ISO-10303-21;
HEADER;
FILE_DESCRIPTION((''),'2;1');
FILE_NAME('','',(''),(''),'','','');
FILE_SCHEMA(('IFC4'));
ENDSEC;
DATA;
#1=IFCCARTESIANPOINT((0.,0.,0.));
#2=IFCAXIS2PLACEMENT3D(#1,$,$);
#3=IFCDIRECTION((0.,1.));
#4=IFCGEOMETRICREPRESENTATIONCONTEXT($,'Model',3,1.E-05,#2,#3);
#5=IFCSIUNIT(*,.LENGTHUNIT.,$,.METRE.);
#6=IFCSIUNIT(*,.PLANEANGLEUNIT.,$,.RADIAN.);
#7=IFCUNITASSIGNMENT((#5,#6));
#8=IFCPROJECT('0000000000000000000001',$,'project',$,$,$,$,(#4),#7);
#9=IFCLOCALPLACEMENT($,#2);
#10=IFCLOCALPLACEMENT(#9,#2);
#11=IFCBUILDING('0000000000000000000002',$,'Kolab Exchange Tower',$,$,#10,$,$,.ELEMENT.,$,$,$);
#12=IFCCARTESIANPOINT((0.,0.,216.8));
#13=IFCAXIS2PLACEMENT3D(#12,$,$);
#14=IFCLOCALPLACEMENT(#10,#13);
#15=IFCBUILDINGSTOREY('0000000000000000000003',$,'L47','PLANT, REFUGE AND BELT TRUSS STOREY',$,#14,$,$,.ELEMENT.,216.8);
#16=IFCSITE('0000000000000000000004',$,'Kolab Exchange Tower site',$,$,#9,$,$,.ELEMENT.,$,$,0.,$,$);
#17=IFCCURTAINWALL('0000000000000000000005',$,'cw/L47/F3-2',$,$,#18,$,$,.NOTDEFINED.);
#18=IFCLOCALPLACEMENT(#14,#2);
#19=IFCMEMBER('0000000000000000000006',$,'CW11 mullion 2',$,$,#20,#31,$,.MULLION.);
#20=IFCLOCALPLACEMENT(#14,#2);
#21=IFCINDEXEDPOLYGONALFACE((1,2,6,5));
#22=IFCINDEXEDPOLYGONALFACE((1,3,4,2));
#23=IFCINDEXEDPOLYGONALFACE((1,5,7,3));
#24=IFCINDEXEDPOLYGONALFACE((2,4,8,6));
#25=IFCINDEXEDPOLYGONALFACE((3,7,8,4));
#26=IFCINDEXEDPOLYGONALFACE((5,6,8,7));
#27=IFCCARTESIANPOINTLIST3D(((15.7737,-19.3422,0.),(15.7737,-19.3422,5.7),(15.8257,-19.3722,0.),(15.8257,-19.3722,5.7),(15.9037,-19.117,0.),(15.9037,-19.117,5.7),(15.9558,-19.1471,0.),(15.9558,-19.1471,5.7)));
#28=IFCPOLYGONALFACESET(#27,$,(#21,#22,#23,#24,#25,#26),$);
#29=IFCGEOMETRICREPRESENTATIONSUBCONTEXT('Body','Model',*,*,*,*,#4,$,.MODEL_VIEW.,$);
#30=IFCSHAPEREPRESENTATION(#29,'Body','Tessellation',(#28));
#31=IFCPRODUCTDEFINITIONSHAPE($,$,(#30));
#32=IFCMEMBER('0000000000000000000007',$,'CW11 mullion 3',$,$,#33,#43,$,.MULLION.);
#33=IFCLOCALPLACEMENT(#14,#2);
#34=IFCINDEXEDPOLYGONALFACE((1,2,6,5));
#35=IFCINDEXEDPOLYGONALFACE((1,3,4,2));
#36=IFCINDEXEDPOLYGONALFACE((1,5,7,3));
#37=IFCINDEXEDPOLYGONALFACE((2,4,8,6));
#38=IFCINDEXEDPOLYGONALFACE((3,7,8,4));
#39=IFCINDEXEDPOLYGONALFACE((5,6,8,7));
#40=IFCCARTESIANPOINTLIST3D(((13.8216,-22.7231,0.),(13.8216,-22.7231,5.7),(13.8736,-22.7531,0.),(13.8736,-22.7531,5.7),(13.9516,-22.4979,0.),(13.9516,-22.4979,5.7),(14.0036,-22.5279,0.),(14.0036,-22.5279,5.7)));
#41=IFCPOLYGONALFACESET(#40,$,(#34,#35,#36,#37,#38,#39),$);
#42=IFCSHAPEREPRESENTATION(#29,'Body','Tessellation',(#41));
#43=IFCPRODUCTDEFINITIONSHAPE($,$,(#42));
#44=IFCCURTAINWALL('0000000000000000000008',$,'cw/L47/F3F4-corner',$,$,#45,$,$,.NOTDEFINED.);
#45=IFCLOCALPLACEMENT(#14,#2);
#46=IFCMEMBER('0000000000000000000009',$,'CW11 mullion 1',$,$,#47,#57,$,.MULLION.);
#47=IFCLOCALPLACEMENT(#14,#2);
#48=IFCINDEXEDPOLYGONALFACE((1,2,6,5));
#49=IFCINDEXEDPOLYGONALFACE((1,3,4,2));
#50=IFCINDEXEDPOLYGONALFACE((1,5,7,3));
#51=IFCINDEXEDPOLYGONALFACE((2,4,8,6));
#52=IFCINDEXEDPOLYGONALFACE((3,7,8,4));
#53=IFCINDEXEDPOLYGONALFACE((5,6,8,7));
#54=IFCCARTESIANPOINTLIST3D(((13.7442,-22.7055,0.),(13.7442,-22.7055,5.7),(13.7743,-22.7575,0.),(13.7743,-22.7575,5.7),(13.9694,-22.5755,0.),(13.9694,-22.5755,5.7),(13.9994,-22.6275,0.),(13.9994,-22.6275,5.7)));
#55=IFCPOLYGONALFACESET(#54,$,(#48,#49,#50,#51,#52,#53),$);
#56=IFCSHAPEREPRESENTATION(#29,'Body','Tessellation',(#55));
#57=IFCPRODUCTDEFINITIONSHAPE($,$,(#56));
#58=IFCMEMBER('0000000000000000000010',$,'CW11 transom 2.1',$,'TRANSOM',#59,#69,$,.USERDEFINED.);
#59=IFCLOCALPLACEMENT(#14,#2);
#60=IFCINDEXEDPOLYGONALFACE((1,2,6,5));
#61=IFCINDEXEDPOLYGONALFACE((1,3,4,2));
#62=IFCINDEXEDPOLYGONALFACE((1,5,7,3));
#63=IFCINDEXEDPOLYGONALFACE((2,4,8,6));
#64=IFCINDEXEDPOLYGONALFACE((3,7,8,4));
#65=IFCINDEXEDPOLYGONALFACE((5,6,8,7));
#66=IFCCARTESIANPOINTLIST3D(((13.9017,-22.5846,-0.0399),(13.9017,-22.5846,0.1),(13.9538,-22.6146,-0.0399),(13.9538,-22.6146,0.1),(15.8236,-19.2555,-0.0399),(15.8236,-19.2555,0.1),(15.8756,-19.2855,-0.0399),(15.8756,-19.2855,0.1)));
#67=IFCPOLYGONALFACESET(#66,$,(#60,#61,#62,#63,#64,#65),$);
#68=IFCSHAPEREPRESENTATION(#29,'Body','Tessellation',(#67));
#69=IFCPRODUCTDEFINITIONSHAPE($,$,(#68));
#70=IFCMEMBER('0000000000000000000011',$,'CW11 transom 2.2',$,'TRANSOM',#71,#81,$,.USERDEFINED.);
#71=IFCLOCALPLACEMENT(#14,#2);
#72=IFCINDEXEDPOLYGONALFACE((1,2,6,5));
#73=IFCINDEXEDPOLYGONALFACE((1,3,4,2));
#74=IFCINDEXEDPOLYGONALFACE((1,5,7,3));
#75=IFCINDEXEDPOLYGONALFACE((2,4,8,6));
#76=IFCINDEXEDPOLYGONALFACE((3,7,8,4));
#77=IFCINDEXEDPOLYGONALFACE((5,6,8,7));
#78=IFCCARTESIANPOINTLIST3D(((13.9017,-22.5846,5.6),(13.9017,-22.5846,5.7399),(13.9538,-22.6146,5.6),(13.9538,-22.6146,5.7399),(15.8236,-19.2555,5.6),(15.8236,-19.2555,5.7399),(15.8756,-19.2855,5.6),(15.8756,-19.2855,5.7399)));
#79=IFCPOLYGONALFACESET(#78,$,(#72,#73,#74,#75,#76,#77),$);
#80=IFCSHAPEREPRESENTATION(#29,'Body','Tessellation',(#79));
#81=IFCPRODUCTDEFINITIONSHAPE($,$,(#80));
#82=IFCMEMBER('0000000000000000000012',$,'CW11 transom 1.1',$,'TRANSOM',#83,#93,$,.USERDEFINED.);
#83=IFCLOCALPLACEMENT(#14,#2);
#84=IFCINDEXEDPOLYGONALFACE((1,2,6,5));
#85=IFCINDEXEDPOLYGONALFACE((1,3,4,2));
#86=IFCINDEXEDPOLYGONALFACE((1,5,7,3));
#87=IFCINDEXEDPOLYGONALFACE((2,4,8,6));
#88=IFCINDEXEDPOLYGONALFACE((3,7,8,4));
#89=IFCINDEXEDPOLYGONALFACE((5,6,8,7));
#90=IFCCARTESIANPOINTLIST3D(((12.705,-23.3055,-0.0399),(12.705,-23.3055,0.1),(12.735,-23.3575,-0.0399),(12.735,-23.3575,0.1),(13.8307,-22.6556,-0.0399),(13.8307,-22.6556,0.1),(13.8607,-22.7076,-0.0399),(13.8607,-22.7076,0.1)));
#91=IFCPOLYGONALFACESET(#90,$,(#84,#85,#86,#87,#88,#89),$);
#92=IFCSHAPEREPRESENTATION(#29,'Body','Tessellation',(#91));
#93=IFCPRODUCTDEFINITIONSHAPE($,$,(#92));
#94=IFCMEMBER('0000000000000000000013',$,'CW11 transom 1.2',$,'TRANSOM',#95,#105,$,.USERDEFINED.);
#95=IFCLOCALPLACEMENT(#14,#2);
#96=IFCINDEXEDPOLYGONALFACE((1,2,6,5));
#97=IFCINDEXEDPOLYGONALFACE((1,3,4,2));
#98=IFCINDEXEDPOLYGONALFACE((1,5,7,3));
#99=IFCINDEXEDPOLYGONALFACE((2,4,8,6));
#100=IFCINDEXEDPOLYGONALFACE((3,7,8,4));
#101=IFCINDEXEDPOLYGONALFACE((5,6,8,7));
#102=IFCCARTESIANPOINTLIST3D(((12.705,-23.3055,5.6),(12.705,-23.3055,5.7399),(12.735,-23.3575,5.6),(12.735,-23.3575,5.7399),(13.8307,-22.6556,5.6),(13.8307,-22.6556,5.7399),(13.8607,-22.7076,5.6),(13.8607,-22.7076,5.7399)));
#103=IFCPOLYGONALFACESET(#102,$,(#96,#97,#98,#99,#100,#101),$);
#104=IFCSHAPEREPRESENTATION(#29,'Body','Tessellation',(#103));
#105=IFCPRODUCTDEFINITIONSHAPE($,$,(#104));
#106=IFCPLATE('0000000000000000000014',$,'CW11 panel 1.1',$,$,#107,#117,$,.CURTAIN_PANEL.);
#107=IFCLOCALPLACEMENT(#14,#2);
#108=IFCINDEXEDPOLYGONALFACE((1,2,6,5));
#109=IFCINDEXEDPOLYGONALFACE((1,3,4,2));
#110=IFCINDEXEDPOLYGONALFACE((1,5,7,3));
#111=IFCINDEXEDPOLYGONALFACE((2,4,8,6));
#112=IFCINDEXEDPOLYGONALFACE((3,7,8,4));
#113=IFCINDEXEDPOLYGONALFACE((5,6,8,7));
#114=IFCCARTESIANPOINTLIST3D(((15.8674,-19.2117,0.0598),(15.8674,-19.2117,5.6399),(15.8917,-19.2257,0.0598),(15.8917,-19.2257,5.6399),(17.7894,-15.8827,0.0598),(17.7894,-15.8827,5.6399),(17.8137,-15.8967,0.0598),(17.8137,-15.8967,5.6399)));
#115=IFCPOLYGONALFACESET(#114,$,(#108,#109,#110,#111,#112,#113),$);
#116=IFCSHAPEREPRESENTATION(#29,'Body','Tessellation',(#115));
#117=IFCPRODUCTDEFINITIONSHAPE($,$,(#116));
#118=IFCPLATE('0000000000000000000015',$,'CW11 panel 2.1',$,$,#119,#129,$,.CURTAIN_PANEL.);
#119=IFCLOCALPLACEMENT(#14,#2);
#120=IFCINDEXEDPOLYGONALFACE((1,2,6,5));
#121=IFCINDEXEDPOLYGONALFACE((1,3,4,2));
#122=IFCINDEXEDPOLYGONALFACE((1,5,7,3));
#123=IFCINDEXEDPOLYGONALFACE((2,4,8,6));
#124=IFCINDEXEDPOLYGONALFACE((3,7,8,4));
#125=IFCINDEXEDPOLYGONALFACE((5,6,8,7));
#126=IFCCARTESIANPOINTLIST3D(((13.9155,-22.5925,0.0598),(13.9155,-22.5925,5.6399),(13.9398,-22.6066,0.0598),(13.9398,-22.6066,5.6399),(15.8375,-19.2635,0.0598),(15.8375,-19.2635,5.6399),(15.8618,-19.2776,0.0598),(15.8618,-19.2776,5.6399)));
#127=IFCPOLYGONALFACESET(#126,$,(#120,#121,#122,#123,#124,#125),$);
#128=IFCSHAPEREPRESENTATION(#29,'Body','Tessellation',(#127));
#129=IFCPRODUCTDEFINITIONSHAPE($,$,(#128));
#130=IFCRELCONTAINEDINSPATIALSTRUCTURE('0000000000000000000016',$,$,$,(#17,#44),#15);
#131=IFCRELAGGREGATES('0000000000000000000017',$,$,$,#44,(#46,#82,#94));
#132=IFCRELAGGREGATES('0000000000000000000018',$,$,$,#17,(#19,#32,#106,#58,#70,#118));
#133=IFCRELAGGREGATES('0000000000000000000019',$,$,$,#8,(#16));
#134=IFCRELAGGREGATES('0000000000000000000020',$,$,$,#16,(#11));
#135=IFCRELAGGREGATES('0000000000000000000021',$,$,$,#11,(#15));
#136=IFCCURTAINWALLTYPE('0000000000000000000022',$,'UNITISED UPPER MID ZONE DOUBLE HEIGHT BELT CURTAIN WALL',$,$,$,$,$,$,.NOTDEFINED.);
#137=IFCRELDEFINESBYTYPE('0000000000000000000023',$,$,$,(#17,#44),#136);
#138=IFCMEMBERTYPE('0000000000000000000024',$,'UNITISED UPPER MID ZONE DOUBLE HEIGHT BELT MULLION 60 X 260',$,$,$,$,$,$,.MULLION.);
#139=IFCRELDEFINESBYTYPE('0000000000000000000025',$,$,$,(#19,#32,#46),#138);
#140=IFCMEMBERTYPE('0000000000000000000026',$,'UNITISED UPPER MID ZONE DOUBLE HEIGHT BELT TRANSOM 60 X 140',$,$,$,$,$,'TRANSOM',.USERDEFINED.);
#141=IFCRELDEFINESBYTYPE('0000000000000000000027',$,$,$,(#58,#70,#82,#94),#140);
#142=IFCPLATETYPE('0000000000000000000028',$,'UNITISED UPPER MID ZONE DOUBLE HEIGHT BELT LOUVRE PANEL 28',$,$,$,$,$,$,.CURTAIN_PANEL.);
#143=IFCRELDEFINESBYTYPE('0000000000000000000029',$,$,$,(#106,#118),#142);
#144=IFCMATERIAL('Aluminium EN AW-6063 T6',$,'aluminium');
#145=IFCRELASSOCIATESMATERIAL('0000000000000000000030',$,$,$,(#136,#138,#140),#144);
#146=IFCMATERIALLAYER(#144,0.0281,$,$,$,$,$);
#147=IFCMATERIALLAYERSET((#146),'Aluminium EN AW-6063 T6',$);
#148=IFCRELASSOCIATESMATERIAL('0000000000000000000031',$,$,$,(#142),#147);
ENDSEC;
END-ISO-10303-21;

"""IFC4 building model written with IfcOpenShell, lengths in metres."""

from ifc_helpers import new_model, si_unit, direction, frame, origin, origin_2d, place, context, subcontext, project, spatial, rectangle, extrude, material, layer, layer_set, material_profile, profile_set, type_object, element, aggregate, save


model = new_model("IFC4")

# Units and contexts
model_context = context("Model", 3, precision=1e-05, world=origin(), true_north=direction((0.0, 1.0)))
body_context = subcontext(model_context, "Body", "Model", "MODEL_VIEW")
ifc_project = project(units=[si_unit("LENGTHUNIT", "METRE"), si_unit("PLANEANGLEUNIT", "RADIAN")], contexts=[model_context])

# Site, building, storey
site_placement = place(None, origin())
site = spatial("IfcSite", under=ifc_project, at=site_placement, Name="Kolab Exchange Tower site", CompositionType="ELEMENT", RefElevation=0.0)
building_placement = place(site_placement, origin())
building = spatial("IfcBuilding", under=site, at=building_placement, Name="Kolab Exchange Tower", CompositionType="ELEMENT")
storey_placement = place(building_placement, frame((0.0, 0.0, 216.8)))
storey = spatial("IfcBuildingStorey", under=building, at=storey_placement, Name="L47", Description="PLANT, REFUGE AND BELT TRUSS STOREY", CompositionType="ELEMENT", Elevation=216.8)

# Curtain wall, members
ifc_material_1 = material(Name="Aluminium EN AW-6063 T6", Category="aluminium")
curtain_wall_type = type_object("IfcCurtainWallType", Name="UNITISED UPPER MID ZONE DOUBLE HEIGHT BELT CURTAIN WALL", PredefinedType="NOTDEFINED", material=ifc_material_1)
curtain_wall_1_placement = place(storey_placement, origin())
curtain_wall_1 = element("IfcCurtainWall", 1, at=curtain_wall_1_placement, inside=storey, type_object=curtain_wall_type, Name="cw/L47/F3-2", PredefinedType="NOTDEFINED")
ifc_material_profile_1 = material_profile(ifc_material_1, rectangle(XDim=0.0601, YDim=0.26, at=origin_2d()), Name="RECT 60X260")
ifc_profile_set_1 = profile_set([ifc_material_profile_1], Name="Aluminium EN AW-6063 T6")
member_type_1 = type_object("IfcMemberType", Name="UNITISED UPPER MID ZONE DOUBLE HEIGHT BELT MULLION 60 X 260", PredefinedType="MULLION", material=ifc_profile_set_1)
member_1_placement = place(storey_placement, frame((15.8647, -19.2446, 0.0), z_axis=(0.0, 0.0, 1.0), x_axis=(0.866025, -0.5, 0.0)))
member_1 = element("IfcMember", 2, at=member_1_placement, type_object=member_type_1, Name="CW11 mullion 2", PredefinedType="MULLION", context=body_context, shape_type="SweptSolid", body=[
    extrude(rectangle(XDim=0.0601, YDim=0.26, at=origin_2d()), origin(), (0.0, 0.0, 1.0), 5.7),
])
member_2_placement = place(storey_placement, frame((13.9126, -22.6255, 0.0), z_axis=(0.0, 0.0, 1.0), x_axis=(0.866025, -0.5, 0.0)))
member_2 = element("IfcMember", 3, at=member_2_placement, type_object=member_type_1, Name="CW11 mullion 3", PredefinedType="MULLION", context=body_context, shape_type="SweptSolid", body=[
    extrude(rectangle(XDim=0.0601, YDim=0.26, at=origin_2d()), origin(), (0.0, 0.0, 1.0), 5.7),
])

# Curtain wall, member
curtain_wall_2_placement = place(storey_placement, origin())
curtain_wall_2 = element("IfcCurtainWall", 4, at=curtain_wall_2_placement, inside=storey, type_object=curtain_wall_type, Name="cw/L47/F3F4-corner", PredefinedType="NOTDEFINED")
member_3_placement = place(storey_placement, frame((13.8718, -22.6665, 0.0), z_axis=(0.0, 0.0, 1.0), x_axis=(0.5, -0.866025, 0.0)))
member_3 = element("IfcMember", 5, at=member_3_placement, type_object=member_type_1, Name="CW11 mullion 1", PredefinedType="MULLION", context=body_context, shape_type="SweptSolid", body=[
    extrude(rectangle(XDim=0.0601, YDim=0.26, at=origin_2d()), origin(), (0.0, 0.0, 1.0), 5.7),
])

# Members
ifc_material_profile_2 = material_profile(ifc_material_1, rectangle(XDim=0.0601, YDim=0.1399, at=origin_2d()), Name="RECT 60X140")
ifc_profile_set_2 = profile_set([ifc_material_profile_2], Name="Aluminium EN AW-6063 T6")
member_type_2 = type_object("IfcMemberType", Name="UNITISED UPPER MID ZONE DOUBLE HEIGHT BELT TRANSOM 60 X 140", ElementType="TRANSOM", PredefinedType="USERDEFINED", material=ifc_profile_set_2)
member_4_placement = place(storey_placement, frame((15.8496, -19.2705, 0.03), z_axis=(-0.499964, -0.866046, 0.0), x_axis=(0.866046, -0.499964, 0.0)))
member_4 = element("IfcMember", 6, at=member_4_placement, type_object=member_type_2, Name="CW11 transom 2.1", ObjectType="TRANSOM", PredefinedType="USERDEFINED", context=body_context, shape_type="SweptSolid", body=[
    extrude(rectangle(XDim=0.0601, YDim=0.1399, at=origin_2d()), origin(), (0.0, 0.0, 1.0), 3.844),
])
member_5_placement = place(storey_placement, frame((15.8496, -19.2705, 5.6699), z_axis=(-0.499964, -0.866046, 0.0), x_axis=(0.866046, -0.499964, 0.0)))
member_5 = element("IfcMember", 7, at=member_5_placement, type_object=member_type_2, Name="CW11 transom 2.2", ObjectType="TRANSOM", PredefinedType="USERDEFINED", context=body_context, shape_type="SweptSolid", body=[
    extrude(rectangle(XDim=0.0601, YDim=0.1399, at=origin_2d()), origin(), (0.0, 0.0, 1.0), 3.844),
])
member_6_placement = place(storey_placement, frame((13.8457, -22.6816, 0.03), z_axis=(-0.866039, -0.499977, 0.0), x_axis=(0.499977, -0.866039, 0.0)))
member_6 = element("IfcMember", 8, at=member_6_placement, type_object=member_type_2, Name="CW11 transom 1.1", ObjectType="TRANSOM", PredefinedType="USERDEFINED", context=body_context, shape_type="SweptSolid", body=[
    extrude(rectangle(XDim=0.0601, YDim=0.1399, at=origin_2d()), origin(), (0.0, 0.0, 1.0), 1.2998),
])
member_7_placement = place(storey_placement, frame((13.8457, -22.6816, 5.6699), z_axis=(-0.866039, -0.499977, 0.0), x_axis=(0.499977, -0.866039, 0.0)))
member_7 = element("IfcMember", 9, at=member_7_placement, type_object=member_type_2, Name="CW11 transom 1.2", ObjectType="TRANSOM", PredefinedType="USERDEFINED", context=body_context, shape_type="SweptSolid", body=[
    extrude(rectangle(XDim=0.0601, YDim=0.1399, at=origin_2d()), origin(), (0.0, 0.0, 1.0), 1.2998),
])
aggregate(curtain_wall_2, [member_3, member_6, member_7])

# Plates
ifc_layer = layer(ifc_material_1, 0.0281)
ifc_layer_set = layer_set([ifc_layer], Name="Aluminium EN AW-6063 T6")
plate_type = type_object("IfcPlateType", Name="UNITISED UPPER MID ZONE DOUBLE HEIGHT BELT LOUVRE PANEL 28", PredefinedType="CURTAIN_PANEL", material=ifc_layer_set)
plate_1_placement = place(storey_placement, frame((16.8406, -17.5542, 0.0598), z_axis=(0.0, 0.0, 1.0), x_axis=(-0.5, -0.866025, 0.0)))
plate_1 = element("IfcPlate", 10, at=plate_1_placement, type_object=plate_type, Name="CW11 panel 1.1", PredefinedType="CURTAIN_PANEL", context=body_context, shape_type="SweptSolid", body=[
    extrude(rectangle(XDim=3.844, YDim=0.0281, at=origin_2d()), origin(), (0.0, 0.0, 1.0), 5.5801),
])
plate_2_placement = place(storey_placement, frame((14.8887, -20.9351, 0.0598), z_axis=(0.0, 0.0, 1.0), x_axis=(-0.5, -0.866025, 0.0)))
plate_2 = element("IfcPlate", 11, at=plate_2_placement, type_object=plate_type, Name="CW11 panel 2.1", PredefinedType="CURTAIN_PANEL", context=body_context, shape_type="SweptSolid", body=[
    extrude(rectangle(XDim=3.844, YDim=0.0281, at=origin_2d()), origin(), (0.0, 0.0, 1.0), 5.5801),
])
aggregate(curtain_wall_1, [member_1, member_2, plate_1, member_4, member_5, plate_2])

save(model, "model.ifc")
